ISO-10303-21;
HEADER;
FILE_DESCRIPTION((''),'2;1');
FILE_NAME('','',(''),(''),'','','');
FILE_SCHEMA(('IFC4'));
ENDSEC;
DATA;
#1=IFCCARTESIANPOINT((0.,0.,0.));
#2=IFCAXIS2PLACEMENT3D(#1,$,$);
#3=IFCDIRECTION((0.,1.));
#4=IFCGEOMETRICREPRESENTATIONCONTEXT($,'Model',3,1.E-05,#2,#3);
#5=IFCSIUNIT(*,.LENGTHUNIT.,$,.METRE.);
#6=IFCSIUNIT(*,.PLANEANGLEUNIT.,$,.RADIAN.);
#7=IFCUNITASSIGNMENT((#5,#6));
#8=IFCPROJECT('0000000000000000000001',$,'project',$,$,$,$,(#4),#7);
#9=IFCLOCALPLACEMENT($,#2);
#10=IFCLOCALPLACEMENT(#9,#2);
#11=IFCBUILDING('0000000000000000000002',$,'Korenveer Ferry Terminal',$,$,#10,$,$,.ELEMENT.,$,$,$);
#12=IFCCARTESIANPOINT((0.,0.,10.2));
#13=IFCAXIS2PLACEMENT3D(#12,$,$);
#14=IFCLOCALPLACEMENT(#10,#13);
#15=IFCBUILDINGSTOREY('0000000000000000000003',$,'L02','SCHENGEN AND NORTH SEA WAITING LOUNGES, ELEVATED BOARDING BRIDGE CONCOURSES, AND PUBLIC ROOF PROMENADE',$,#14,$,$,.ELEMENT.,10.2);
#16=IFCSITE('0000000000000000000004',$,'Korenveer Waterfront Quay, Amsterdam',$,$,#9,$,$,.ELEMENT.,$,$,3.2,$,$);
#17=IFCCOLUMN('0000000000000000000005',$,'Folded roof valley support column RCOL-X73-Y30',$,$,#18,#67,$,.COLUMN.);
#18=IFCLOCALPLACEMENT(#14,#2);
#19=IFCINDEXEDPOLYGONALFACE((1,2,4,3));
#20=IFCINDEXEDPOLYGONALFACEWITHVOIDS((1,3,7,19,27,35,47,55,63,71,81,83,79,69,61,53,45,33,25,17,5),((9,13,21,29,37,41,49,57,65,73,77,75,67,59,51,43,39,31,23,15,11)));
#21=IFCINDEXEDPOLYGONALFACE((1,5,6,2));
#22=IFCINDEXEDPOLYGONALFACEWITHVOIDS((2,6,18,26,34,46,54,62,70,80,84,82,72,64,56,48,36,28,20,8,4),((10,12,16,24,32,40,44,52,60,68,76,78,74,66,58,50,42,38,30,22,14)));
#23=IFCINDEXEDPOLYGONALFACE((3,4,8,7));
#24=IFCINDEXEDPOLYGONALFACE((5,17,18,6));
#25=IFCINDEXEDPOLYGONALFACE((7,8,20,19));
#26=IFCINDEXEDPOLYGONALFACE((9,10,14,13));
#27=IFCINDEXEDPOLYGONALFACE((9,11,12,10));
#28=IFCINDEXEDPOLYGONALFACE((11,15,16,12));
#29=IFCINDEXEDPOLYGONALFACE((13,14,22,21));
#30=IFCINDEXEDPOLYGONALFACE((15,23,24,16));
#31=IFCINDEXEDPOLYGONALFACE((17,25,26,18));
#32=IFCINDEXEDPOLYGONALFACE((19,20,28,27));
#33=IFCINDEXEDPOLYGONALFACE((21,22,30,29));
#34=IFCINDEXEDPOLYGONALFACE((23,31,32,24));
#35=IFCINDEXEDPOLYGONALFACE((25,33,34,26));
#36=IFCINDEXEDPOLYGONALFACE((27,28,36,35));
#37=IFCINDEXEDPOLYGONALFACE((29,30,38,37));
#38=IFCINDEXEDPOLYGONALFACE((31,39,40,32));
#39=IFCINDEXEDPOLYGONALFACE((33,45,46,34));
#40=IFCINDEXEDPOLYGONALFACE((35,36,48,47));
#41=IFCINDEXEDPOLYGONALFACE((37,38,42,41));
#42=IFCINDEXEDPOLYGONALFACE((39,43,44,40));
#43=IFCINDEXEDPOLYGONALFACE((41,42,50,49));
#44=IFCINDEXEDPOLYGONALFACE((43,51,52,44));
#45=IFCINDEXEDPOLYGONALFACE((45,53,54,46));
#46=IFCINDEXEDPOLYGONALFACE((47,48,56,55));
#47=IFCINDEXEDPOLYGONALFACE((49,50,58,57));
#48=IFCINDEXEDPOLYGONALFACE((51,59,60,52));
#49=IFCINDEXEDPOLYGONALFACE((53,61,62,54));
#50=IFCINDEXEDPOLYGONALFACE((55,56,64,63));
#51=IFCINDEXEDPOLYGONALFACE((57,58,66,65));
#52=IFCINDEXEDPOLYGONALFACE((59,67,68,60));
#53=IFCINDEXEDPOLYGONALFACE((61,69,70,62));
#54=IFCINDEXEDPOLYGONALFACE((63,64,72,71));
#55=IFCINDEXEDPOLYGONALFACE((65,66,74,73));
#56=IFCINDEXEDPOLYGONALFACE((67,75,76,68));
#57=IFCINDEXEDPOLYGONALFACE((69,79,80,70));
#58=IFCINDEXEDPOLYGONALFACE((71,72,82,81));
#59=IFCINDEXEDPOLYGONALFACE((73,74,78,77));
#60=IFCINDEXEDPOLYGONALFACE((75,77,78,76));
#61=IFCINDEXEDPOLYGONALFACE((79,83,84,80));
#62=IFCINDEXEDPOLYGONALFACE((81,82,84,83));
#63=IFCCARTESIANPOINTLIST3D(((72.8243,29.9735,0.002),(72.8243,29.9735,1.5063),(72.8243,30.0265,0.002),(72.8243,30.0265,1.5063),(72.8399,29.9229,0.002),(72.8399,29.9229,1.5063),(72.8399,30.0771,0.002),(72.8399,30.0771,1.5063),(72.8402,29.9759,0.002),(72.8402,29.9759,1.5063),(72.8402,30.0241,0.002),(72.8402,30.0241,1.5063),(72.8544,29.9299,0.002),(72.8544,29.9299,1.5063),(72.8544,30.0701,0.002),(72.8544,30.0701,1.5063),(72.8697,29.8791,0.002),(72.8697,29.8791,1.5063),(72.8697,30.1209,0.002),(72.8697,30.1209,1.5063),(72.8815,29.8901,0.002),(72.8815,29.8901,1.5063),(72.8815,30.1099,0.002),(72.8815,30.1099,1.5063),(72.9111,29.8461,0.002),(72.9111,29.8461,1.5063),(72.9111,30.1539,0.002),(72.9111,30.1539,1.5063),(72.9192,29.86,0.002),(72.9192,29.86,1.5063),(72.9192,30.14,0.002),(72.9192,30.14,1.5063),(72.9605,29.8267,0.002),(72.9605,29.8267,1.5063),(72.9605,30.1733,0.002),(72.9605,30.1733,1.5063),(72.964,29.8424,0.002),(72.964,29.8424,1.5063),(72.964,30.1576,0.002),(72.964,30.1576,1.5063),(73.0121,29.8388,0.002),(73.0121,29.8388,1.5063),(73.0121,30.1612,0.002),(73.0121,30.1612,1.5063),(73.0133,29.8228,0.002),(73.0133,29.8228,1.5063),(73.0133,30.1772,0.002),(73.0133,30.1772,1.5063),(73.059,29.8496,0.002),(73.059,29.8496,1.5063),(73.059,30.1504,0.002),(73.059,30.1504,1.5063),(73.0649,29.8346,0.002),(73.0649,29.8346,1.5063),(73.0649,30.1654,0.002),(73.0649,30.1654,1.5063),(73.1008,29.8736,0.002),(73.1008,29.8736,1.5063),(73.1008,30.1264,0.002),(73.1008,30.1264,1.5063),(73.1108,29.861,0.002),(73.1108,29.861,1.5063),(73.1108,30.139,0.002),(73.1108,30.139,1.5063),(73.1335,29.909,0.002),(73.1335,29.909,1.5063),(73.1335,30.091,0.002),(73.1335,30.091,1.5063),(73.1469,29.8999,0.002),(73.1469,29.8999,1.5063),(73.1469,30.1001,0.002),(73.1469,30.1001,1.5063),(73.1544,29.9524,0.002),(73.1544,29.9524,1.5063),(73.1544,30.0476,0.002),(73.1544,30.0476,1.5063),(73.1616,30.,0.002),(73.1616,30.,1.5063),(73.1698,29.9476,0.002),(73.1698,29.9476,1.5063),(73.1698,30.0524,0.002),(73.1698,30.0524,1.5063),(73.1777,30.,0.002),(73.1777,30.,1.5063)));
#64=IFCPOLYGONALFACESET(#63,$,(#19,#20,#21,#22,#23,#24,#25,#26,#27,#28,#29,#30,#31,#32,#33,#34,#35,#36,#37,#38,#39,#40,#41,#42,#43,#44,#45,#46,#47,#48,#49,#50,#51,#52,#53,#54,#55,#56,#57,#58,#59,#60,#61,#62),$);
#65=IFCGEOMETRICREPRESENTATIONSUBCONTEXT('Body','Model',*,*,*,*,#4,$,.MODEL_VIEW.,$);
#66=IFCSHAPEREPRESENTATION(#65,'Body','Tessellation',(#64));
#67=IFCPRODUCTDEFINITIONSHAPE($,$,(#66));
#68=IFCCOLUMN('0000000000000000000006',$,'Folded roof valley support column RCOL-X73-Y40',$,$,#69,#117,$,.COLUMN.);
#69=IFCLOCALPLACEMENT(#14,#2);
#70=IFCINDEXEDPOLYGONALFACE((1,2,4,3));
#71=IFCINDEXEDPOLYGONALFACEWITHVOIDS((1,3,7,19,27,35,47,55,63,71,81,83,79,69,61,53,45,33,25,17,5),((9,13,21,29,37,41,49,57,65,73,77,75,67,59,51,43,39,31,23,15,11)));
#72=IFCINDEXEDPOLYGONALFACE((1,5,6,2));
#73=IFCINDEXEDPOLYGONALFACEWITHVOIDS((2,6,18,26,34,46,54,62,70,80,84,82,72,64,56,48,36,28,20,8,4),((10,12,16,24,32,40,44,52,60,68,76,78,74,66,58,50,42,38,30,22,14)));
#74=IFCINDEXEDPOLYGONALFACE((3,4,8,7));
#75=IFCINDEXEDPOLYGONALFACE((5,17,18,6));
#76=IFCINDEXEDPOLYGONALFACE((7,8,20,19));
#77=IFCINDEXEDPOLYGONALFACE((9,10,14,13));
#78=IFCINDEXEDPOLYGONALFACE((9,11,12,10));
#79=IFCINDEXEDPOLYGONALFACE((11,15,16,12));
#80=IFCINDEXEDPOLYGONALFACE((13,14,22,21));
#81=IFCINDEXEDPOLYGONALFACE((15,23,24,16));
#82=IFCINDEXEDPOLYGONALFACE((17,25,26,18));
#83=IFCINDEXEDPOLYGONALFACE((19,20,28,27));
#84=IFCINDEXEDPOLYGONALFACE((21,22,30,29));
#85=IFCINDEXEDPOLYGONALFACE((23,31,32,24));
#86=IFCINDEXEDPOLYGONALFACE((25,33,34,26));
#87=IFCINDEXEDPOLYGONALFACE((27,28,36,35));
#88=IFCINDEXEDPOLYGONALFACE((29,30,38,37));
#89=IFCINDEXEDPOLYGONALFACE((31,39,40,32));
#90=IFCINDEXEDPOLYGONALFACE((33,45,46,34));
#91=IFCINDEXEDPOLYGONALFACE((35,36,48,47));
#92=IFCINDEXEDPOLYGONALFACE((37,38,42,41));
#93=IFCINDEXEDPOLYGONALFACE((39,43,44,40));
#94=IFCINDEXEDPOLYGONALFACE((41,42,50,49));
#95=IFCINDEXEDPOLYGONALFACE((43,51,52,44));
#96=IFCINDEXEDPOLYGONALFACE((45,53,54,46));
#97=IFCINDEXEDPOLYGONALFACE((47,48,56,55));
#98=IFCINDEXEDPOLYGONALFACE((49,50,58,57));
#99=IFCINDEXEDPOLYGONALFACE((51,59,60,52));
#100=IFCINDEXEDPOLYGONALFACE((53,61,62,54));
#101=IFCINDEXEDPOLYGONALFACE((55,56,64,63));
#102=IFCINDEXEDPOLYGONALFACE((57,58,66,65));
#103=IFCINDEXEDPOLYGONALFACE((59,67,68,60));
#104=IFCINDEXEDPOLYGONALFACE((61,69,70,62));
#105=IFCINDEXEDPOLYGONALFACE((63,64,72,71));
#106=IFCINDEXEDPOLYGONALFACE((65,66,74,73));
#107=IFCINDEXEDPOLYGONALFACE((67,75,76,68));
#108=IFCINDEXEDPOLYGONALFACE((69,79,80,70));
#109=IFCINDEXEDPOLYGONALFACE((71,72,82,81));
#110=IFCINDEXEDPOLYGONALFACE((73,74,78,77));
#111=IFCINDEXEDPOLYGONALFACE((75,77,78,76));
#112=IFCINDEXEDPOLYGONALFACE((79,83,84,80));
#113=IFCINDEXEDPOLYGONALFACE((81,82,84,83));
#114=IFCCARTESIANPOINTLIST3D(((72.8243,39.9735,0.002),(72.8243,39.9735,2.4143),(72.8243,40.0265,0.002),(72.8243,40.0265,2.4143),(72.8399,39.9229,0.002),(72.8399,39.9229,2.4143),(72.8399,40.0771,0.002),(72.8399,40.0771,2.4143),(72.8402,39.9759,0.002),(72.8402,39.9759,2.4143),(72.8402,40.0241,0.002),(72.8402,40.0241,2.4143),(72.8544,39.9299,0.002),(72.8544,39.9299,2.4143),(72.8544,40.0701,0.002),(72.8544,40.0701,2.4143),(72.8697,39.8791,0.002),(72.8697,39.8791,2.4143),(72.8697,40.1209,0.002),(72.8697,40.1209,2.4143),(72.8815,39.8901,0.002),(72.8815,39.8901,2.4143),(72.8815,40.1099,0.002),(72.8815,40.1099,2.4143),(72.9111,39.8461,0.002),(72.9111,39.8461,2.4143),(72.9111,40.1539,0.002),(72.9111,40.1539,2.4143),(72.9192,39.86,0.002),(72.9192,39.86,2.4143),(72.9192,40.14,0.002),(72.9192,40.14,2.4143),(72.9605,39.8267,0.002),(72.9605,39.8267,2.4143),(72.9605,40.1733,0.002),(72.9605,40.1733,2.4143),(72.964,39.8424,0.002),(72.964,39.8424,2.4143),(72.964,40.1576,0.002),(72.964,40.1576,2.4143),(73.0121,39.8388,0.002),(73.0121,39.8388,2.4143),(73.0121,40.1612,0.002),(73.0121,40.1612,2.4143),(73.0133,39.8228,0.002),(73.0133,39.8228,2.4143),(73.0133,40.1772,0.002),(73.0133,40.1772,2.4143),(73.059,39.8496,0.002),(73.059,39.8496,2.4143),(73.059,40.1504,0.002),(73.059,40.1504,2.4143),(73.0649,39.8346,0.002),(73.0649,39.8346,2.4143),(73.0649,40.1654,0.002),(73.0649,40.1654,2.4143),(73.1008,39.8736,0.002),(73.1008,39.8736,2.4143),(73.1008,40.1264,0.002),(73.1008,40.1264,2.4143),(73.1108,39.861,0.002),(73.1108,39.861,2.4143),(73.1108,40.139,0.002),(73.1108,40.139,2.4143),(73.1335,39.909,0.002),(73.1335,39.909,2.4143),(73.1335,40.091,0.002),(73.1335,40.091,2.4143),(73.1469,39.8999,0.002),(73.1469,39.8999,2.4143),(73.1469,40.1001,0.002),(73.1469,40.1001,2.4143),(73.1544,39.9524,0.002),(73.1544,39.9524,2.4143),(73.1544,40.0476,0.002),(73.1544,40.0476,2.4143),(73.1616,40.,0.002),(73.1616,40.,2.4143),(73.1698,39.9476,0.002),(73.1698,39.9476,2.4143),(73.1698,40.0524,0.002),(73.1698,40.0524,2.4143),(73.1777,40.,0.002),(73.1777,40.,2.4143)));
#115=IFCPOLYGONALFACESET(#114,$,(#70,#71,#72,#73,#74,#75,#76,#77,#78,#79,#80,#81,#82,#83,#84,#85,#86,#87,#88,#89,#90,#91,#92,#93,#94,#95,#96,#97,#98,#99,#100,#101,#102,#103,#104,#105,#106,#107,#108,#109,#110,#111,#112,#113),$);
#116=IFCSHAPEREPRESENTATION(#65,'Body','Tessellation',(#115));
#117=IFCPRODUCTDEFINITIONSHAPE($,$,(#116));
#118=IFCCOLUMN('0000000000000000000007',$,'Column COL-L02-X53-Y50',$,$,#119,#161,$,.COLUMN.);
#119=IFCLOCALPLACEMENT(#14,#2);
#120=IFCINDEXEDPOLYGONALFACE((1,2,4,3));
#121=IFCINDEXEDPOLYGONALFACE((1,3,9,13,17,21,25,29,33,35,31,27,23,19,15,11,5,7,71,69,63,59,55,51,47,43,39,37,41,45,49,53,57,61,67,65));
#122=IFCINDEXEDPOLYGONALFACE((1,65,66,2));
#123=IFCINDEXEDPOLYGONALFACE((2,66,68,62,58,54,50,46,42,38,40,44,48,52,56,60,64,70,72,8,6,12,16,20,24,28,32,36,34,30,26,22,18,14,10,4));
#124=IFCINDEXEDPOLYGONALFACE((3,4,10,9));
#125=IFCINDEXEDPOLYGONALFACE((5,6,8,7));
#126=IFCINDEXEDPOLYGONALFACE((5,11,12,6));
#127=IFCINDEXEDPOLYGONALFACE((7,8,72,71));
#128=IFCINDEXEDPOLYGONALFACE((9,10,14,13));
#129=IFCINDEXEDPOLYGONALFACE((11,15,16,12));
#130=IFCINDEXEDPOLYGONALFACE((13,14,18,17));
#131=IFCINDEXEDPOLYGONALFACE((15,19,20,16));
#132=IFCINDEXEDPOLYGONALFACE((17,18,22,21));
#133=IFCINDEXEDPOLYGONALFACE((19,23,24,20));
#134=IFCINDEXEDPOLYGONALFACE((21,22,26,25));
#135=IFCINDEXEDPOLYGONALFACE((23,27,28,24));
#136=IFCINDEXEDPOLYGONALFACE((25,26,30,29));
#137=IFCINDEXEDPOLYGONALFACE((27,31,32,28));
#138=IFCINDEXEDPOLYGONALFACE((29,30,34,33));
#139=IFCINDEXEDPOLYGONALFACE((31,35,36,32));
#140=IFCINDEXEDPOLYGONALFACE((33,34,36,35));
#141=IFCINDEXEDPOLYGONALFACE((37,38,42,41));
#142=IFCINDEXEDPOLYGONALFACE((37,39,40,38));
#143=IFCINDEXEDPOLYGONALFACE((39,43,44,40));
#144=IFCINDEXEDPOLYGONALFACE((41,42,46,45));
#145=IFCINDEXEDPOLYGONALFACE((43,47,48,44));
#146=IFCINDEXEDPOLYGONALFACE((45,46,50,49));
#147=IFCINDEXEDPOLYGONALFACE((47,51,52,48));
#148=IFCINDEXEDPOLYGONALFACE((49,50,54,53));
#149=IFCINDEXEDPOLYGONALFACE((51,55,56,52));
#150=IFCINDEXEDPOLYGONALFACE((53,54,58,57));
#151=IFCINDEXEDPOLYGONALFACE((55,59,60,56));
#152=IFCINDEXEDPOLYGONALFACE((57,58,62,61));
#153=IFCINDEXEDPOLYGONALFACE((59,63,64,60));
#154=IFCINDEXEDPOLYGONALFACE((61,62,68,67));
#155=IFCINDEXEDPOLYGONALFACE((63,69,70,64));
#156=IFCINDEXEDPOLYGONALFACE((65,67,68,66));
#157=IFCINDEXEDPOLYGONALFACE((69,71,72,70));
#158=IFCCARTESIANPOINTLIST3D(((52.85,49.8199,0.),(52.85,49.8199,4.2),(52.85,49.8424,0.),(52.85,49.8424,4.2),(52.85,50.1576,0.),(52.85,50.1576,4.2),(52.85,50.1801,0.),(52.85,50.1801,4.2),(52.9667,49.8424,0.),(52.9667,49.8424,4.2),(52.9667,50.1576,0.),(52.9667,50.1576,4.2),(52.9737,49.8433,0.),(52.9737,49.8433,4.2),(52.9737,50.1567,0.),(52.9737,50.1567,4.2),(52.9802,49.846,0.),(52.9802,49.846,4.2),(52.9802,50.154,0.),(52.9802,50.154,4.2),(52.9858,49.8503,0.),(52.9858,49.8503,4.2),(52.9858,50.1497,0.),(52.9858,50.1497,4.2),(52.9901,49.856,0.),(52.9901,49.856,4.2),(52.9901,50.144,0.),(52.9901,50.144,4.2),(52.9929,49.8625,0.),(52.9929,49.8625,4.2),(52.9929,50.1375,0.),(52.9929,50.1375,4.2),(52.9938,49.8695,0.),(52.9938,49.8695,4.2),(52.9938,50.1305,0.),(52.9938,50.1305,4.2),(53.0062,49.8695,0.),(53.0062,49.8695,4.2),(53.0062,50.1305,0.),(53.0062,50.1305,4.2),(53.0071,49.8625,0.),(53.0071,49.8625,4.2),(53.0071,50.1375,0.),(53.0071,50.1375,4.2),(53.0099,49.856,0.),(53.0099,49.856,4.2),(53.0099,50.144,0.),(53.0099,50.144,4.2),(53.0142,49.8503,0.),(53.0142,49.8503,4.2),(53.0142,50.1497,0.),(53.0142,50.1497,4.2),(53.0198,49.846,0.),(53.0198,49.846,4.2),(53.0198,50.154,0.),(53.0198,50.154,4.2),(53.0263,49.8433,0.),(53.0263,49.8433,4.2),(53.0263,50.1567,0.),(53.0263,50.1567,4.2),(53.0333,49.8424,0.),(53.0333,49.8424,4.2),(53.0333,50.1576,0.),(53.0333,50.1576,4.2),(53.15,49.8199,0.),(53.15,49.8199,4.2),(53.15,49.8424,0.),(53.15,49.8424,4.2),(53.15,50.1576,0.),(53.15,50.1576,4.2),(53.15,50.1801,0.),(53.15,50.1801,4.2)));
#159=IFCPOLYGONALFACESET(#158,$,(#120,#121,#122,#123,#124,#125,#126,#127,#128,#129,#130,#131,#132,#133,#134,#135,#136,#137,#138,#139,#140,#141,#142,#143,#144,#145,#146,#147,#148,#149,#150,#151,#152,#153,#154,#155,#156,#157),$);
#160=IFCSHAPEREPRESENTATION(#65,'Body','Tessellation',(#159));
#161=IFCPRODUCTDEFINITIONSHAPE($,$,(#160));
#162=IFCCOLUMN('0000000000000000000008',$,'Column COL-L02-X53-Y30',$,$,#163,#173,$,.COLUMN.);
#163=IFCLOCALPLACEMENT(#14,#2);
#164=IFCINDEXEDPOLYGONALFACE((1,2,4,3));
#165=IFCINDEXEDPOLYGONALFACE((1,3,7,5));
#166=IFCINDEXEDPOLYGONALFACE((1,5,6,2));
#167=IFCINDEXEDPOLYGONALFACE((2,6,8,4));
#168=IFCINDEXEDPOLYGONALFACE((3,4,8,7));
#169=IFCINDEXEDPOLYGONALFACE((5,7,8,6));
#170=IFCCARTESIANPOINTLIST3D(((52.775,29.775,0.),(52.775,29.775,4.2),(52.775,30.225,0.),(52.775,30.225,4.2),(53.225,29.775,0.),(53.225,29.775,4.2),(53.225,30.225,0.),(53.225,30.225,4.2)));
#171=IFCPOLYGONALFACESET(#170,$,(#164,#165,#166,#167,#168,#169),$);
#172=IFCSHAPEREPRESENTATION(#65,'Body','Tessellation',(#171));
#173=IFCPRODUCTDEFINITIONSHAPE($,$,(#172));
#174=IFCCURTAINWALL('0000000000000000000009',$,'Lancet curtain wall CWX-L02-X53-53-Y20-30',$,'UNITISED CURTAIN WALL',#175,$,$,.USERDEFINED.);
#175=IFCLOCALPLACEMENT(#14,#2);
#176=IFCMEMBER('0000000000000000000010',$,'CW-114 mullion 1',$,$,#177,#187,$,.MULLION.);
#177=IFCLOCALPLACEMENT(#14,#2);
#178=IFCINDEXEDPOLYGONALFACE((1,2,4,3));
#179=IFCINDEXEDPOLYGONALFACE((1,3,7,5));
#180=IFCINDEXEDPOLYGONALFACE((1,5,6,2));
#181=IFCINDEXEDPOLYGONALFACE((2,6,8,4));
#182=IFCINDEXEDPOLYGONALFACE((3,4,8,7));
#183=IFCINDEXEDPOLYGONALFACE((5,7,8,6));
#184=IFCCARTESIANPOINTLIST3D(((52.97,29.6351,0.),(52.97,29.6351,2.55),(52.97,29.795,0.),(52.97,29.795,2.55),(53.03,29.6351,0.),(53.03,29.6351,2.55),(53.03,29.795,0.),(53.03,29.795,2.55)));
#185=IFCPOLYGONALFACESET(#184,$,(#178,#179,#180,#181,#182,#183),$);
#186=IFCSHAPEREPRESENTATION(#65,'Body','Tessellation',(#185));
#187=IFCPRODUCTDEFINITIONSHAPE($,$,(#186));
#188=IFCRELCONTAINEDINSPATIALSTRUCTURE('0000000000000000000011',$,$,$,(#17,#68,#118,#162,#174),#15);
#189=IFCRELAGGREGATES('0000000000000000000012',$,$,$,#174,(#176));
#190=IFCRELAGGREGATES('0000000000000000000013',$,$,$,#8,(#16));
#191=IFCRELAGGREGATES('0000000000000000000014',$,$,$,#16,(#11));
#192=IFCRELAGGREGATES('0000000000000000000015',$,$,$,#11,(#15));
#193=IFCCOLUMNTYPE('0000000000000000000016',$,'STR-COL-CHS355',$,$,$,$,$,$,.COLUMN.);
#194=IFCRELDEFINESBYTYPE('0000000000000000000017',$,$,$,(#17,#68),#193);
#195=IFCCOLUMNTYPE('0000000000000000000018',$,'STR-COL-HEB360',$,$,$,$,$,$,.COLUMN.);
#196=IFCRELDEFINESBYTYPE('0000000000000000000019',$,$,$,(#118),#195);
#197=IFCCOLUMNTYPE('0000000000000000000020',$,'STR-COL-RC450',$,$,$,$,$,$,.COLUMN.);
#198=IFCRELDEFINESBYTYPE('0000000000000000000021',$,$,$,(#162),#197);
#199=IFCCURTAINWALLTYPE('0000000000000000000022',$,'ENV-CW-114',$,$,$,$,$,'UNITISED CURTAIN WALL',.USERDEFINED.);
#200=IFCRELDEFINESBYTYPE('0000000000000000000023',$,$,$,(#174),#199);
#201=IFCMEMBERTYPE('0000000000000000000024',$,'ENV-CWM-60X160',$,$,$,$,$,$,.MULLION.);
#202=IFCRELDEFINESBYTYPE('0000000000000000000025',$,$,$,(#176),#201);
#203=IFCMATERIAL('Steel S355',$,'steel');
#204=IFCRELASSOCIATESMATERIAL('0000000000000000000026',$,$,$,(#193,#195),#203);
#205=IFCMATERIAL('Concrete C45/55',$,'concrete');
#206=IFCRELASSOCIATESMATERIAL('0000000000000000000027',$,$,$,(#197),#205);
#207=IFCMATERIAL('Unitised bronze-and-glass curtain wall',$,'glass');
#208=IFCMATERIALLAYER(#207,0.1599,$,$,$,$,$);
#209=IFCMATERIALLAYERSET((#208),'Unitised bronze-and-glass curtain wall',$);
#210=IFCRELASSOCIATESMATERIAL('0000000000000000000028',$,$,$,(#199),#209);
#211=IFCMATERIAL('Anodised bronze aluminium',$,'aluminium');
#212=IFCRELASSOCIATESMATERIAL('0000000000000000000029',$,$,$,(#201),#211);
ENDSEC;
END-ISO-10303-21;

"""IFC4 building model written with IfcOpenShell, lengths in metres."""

from ifc_helpers import new_model, si_unit, direction, frame, origin, origin_2d, place, context, subcontext, project, spatial, rectangle, hollow_circle, i_section, extrude, material, layer, layer_set, material_profile, profile_set, type_object, element, aggregate, save


model = new_model("IFC4")

# Units and contexts
model_context = context("Model", 3, precision=1e-05, world=origin(), true_north=direction((0.0, 1.0)))
body_context = subcontext(model_context, "Body", "Model", "MODEL_VIEW")
ifc_project = project(units=[si_unit("LENGTHUNIT", "METRE"), si_unit("PLANEANGLEUNIT", "RADIAN")], contexts=[model_context])

# Site, building, storey
site_placement = place(None, origin())
site = spatial("IfcSite", under=ifc_project, at=site_placement, Name="Korenveer Waterfront Quay, Amsterdam", CompositionType="ELEMENT", RefElevation=3.2)
building_placement = place(site_placement, origin())
building = spatial("IfcBuilding", under=site, at=building_placement, Name="Korenveer Ferry Terminal", CompositionType="ELEMENT")
storey_placement = place(building_placement, frame((0.0, 0.0, 10.2)))
storey = spatial("IfcBuildingStorey", under=building, at=storey_placement, Name="L02", Description="SCHENGEN AND NORTH SEA WAITING LOUNGES, ELEVATED BOARDING BRIDGE CONCOURSES, AND PUBLIC ROOF PROMENADE", CompositionType="ELEMENT", Elevation=10.2)

# Columns
ifc_material_1 = material(Name="Steel S355", Category="steel")
ifc_material_profile_1 = material_profile(ifc_material_1, hollow_circle(Radius=0.1777, WallThickness=0.0161, at=origin_2d()), Name="CHS 355.6x16")
ifc_profile_set_1 = profile_set([ifc_material_profile_1], Name="Steel S355")
column_type_1 = type_object("IfcColumnType", Name="STR-COL-CHS355", PredefinedType="COLUMN", material=ifc_profile_set_1)
column_1_placement = place(storey_placement, frame((73.0, 30.0, 0.002), z_axis=(0.0, 0.0, 1.0), x_axis=(1.0, 0.0, 0.0)))
element("IfcColumn", 1, at=column_1_placement, inside=storey, type_object=column_type_1, Name="Folded roof valley support column RCOL-X73-Y30", PredefinedType="COLUMN", context=body_context, shape_type="SweptSolid", body=[
    extrude(hollow_circle(Radius=0.1777, WallThickness=0.0161, at=origin_2d()), origin(), (0.0, 0.0, 1.0), 1.5044),
])
column_2_placement = place(storey_placement, frame((73.0, 40.0, 0.002), z_axis=(0.0, 0.0, 1.0), x_axis=(1.0, 0.0, 0.0)))
element("IfcColumn", 2, at=column_2_placement, inside=storey, type_object=column_type_1, Name="Folded roof valley support column RCOL-X73-Y40", PredefinedType="COLUMN", context=body_context, shape_type="SweptSolid", body=[
    extrude(hollow_circle(Radius=0.1777, WallThickness=0.0161, at=origin_2d()), origin(), (0.0, 0.0, 1.0), 2.4124),
])
ifc_material_profile_2 = material_profile(ifc_material_1, i_section(OverallWidth=0.3, OverallDepth=0.3601, WebThickness=0.0125, FlangeThickness=0.0225, FilletRadius=0.0271, at=origin_2d()), Name="HEB 360")
ifc_profile_set_2 = profile_set([ifc_material_profile_2], Name="Steel S355")
column_type_2 = type_object("IfcColumnType", Name="STR-COL-HEB360", PredefinedType="COLUMN", material=ifc_profile_set_2)
column_3_placement = place(storey_placement, frame((53.0, 50.0, 0.0), z_axis=(0.0, 0.0, 1.0), x_axis=(1.0, 0.0, 0.0)))
element("IfcColumn", 3, at=column_3_placement, inside=storey, type_object=column_type_2, Name="Column COL-L02-X53-Y50", PredefinedType="COLUMN", context=body_context, shape_type="SweptSolid", body=[
    extrude(i_section(OverallWidth=0.3, OverallDepth=0.3601, WebThickness=0.0125, FlangeThickness=0.0225, FilletRadius=0.0271, at=origin_2d()), origin(), (0.0, 0.0, 1.0), 4.2),
])
ifc_material_2 = material(Name="Concrete C45/55", Category="concrete")
ifc_material_profile_3 = material_profile(ifc_material_2, rectangle(XDim=0.45, YDim=0.45, at=origin_2d()), Name="RC 450x450")
ifc_profile_set_3 = profile_set([ifc_material_profile_3], Name="Concrete C45/55")
column_type_3 = type_object("IfcColumnType", Name="STR-COL-RC450", PredefinedType="COLUMN", material=ifc_profile_set_3)
column_4_placement = place(storey_placement, frame((53.0, 30.0, 0.0), z_axis=(0.0, 0.0, 1.0), x_axis=(1.0, 0.0, 0.0)))
element("IfcColumn", 4, at=column_4_placement, inside=storey, type_object=column_type_3, Name="Column COL-L02-X53-Y30", PredefinedType="COLUMN", context=body_context, shape_type="SweptSolid", body=[
    extrude(rectangle(XDim=0.45, YDim=0.45, at=origin_2d()), origin(), (0.0, 0.0, 1.0), 4.2),
])

# Curtain wall, member
ifc_material_3 = material(Name="Unitised bronze-and-glass curtain wall", Category="glass")
ifc_layer_1 = layer(ifc_material_3, 0.1599)
ifc_layer_set_1 = layer_set([ifc_layer_1], Name="Unitised bronze-and-glass curtain wall")
curtain_wall_type_1 = type_object("IfcCurtainWallType", Name="ENV-CW-114", ElementType="UNITISED CURTAIN WALL", PredefinedType="USERDEFINED", material=ifc_layer_set_1)
curtain_wall_1_placement = place(storey_placement, frame((53.0, 29.7451, 0.0)))
curtain_wall_1 = element("IfcCurtainWall", 5, at=curtain_wall_1_placement, inside=storey, type_object=curtain_wall_type_1, Name="Lancet curtain wall CWX-L02-X53-53-Y20-30", ObjectType="UNITISED CURTAIN WALL", PredefinedType="USERDEFINED")
ifc_material_4 = material(Name="Anodised bronze aluminium", Category="aluminium")
ifc_material_profile_4 = material_profile(ifc_material_4, rectangle(XDim=0.0601, YDim=0.1599, at=origin_2d()), Name="ALU 60x160")
ifc_profile_set_4 = profile_set([ifc_material_profile_4], Name="Anodised bronze aluminium")
member_type_1 = type_object("IfcMemberType", Name="ENV-CWM-60X160", PredefinedType="MULLION", material=ifc_profile_set_4)
member_1_placement = place(storey_placement, frame((53.0, 29.7151, 0.0), z_axis=(0.0, 0.0, 1.0), x_axis=(1.0, 0.0, 0.0)))
member_1 = element("IfcMember", 6, at=member_1_placement, type_object=member_type_1, Name="CW-114 mullion 1", PredefinedType="MULLION", context=body_context, shape_type="SweptSolid", body=[
    extrude(rectangle(XDim=0.0601, YDim=0.1599, at=origin_2d()), origin(), (0.0, 0.0, 1.0), 2.55),
])

aggregate(curtain_wall_1, [member_1])

save(model, "model.ifc")
